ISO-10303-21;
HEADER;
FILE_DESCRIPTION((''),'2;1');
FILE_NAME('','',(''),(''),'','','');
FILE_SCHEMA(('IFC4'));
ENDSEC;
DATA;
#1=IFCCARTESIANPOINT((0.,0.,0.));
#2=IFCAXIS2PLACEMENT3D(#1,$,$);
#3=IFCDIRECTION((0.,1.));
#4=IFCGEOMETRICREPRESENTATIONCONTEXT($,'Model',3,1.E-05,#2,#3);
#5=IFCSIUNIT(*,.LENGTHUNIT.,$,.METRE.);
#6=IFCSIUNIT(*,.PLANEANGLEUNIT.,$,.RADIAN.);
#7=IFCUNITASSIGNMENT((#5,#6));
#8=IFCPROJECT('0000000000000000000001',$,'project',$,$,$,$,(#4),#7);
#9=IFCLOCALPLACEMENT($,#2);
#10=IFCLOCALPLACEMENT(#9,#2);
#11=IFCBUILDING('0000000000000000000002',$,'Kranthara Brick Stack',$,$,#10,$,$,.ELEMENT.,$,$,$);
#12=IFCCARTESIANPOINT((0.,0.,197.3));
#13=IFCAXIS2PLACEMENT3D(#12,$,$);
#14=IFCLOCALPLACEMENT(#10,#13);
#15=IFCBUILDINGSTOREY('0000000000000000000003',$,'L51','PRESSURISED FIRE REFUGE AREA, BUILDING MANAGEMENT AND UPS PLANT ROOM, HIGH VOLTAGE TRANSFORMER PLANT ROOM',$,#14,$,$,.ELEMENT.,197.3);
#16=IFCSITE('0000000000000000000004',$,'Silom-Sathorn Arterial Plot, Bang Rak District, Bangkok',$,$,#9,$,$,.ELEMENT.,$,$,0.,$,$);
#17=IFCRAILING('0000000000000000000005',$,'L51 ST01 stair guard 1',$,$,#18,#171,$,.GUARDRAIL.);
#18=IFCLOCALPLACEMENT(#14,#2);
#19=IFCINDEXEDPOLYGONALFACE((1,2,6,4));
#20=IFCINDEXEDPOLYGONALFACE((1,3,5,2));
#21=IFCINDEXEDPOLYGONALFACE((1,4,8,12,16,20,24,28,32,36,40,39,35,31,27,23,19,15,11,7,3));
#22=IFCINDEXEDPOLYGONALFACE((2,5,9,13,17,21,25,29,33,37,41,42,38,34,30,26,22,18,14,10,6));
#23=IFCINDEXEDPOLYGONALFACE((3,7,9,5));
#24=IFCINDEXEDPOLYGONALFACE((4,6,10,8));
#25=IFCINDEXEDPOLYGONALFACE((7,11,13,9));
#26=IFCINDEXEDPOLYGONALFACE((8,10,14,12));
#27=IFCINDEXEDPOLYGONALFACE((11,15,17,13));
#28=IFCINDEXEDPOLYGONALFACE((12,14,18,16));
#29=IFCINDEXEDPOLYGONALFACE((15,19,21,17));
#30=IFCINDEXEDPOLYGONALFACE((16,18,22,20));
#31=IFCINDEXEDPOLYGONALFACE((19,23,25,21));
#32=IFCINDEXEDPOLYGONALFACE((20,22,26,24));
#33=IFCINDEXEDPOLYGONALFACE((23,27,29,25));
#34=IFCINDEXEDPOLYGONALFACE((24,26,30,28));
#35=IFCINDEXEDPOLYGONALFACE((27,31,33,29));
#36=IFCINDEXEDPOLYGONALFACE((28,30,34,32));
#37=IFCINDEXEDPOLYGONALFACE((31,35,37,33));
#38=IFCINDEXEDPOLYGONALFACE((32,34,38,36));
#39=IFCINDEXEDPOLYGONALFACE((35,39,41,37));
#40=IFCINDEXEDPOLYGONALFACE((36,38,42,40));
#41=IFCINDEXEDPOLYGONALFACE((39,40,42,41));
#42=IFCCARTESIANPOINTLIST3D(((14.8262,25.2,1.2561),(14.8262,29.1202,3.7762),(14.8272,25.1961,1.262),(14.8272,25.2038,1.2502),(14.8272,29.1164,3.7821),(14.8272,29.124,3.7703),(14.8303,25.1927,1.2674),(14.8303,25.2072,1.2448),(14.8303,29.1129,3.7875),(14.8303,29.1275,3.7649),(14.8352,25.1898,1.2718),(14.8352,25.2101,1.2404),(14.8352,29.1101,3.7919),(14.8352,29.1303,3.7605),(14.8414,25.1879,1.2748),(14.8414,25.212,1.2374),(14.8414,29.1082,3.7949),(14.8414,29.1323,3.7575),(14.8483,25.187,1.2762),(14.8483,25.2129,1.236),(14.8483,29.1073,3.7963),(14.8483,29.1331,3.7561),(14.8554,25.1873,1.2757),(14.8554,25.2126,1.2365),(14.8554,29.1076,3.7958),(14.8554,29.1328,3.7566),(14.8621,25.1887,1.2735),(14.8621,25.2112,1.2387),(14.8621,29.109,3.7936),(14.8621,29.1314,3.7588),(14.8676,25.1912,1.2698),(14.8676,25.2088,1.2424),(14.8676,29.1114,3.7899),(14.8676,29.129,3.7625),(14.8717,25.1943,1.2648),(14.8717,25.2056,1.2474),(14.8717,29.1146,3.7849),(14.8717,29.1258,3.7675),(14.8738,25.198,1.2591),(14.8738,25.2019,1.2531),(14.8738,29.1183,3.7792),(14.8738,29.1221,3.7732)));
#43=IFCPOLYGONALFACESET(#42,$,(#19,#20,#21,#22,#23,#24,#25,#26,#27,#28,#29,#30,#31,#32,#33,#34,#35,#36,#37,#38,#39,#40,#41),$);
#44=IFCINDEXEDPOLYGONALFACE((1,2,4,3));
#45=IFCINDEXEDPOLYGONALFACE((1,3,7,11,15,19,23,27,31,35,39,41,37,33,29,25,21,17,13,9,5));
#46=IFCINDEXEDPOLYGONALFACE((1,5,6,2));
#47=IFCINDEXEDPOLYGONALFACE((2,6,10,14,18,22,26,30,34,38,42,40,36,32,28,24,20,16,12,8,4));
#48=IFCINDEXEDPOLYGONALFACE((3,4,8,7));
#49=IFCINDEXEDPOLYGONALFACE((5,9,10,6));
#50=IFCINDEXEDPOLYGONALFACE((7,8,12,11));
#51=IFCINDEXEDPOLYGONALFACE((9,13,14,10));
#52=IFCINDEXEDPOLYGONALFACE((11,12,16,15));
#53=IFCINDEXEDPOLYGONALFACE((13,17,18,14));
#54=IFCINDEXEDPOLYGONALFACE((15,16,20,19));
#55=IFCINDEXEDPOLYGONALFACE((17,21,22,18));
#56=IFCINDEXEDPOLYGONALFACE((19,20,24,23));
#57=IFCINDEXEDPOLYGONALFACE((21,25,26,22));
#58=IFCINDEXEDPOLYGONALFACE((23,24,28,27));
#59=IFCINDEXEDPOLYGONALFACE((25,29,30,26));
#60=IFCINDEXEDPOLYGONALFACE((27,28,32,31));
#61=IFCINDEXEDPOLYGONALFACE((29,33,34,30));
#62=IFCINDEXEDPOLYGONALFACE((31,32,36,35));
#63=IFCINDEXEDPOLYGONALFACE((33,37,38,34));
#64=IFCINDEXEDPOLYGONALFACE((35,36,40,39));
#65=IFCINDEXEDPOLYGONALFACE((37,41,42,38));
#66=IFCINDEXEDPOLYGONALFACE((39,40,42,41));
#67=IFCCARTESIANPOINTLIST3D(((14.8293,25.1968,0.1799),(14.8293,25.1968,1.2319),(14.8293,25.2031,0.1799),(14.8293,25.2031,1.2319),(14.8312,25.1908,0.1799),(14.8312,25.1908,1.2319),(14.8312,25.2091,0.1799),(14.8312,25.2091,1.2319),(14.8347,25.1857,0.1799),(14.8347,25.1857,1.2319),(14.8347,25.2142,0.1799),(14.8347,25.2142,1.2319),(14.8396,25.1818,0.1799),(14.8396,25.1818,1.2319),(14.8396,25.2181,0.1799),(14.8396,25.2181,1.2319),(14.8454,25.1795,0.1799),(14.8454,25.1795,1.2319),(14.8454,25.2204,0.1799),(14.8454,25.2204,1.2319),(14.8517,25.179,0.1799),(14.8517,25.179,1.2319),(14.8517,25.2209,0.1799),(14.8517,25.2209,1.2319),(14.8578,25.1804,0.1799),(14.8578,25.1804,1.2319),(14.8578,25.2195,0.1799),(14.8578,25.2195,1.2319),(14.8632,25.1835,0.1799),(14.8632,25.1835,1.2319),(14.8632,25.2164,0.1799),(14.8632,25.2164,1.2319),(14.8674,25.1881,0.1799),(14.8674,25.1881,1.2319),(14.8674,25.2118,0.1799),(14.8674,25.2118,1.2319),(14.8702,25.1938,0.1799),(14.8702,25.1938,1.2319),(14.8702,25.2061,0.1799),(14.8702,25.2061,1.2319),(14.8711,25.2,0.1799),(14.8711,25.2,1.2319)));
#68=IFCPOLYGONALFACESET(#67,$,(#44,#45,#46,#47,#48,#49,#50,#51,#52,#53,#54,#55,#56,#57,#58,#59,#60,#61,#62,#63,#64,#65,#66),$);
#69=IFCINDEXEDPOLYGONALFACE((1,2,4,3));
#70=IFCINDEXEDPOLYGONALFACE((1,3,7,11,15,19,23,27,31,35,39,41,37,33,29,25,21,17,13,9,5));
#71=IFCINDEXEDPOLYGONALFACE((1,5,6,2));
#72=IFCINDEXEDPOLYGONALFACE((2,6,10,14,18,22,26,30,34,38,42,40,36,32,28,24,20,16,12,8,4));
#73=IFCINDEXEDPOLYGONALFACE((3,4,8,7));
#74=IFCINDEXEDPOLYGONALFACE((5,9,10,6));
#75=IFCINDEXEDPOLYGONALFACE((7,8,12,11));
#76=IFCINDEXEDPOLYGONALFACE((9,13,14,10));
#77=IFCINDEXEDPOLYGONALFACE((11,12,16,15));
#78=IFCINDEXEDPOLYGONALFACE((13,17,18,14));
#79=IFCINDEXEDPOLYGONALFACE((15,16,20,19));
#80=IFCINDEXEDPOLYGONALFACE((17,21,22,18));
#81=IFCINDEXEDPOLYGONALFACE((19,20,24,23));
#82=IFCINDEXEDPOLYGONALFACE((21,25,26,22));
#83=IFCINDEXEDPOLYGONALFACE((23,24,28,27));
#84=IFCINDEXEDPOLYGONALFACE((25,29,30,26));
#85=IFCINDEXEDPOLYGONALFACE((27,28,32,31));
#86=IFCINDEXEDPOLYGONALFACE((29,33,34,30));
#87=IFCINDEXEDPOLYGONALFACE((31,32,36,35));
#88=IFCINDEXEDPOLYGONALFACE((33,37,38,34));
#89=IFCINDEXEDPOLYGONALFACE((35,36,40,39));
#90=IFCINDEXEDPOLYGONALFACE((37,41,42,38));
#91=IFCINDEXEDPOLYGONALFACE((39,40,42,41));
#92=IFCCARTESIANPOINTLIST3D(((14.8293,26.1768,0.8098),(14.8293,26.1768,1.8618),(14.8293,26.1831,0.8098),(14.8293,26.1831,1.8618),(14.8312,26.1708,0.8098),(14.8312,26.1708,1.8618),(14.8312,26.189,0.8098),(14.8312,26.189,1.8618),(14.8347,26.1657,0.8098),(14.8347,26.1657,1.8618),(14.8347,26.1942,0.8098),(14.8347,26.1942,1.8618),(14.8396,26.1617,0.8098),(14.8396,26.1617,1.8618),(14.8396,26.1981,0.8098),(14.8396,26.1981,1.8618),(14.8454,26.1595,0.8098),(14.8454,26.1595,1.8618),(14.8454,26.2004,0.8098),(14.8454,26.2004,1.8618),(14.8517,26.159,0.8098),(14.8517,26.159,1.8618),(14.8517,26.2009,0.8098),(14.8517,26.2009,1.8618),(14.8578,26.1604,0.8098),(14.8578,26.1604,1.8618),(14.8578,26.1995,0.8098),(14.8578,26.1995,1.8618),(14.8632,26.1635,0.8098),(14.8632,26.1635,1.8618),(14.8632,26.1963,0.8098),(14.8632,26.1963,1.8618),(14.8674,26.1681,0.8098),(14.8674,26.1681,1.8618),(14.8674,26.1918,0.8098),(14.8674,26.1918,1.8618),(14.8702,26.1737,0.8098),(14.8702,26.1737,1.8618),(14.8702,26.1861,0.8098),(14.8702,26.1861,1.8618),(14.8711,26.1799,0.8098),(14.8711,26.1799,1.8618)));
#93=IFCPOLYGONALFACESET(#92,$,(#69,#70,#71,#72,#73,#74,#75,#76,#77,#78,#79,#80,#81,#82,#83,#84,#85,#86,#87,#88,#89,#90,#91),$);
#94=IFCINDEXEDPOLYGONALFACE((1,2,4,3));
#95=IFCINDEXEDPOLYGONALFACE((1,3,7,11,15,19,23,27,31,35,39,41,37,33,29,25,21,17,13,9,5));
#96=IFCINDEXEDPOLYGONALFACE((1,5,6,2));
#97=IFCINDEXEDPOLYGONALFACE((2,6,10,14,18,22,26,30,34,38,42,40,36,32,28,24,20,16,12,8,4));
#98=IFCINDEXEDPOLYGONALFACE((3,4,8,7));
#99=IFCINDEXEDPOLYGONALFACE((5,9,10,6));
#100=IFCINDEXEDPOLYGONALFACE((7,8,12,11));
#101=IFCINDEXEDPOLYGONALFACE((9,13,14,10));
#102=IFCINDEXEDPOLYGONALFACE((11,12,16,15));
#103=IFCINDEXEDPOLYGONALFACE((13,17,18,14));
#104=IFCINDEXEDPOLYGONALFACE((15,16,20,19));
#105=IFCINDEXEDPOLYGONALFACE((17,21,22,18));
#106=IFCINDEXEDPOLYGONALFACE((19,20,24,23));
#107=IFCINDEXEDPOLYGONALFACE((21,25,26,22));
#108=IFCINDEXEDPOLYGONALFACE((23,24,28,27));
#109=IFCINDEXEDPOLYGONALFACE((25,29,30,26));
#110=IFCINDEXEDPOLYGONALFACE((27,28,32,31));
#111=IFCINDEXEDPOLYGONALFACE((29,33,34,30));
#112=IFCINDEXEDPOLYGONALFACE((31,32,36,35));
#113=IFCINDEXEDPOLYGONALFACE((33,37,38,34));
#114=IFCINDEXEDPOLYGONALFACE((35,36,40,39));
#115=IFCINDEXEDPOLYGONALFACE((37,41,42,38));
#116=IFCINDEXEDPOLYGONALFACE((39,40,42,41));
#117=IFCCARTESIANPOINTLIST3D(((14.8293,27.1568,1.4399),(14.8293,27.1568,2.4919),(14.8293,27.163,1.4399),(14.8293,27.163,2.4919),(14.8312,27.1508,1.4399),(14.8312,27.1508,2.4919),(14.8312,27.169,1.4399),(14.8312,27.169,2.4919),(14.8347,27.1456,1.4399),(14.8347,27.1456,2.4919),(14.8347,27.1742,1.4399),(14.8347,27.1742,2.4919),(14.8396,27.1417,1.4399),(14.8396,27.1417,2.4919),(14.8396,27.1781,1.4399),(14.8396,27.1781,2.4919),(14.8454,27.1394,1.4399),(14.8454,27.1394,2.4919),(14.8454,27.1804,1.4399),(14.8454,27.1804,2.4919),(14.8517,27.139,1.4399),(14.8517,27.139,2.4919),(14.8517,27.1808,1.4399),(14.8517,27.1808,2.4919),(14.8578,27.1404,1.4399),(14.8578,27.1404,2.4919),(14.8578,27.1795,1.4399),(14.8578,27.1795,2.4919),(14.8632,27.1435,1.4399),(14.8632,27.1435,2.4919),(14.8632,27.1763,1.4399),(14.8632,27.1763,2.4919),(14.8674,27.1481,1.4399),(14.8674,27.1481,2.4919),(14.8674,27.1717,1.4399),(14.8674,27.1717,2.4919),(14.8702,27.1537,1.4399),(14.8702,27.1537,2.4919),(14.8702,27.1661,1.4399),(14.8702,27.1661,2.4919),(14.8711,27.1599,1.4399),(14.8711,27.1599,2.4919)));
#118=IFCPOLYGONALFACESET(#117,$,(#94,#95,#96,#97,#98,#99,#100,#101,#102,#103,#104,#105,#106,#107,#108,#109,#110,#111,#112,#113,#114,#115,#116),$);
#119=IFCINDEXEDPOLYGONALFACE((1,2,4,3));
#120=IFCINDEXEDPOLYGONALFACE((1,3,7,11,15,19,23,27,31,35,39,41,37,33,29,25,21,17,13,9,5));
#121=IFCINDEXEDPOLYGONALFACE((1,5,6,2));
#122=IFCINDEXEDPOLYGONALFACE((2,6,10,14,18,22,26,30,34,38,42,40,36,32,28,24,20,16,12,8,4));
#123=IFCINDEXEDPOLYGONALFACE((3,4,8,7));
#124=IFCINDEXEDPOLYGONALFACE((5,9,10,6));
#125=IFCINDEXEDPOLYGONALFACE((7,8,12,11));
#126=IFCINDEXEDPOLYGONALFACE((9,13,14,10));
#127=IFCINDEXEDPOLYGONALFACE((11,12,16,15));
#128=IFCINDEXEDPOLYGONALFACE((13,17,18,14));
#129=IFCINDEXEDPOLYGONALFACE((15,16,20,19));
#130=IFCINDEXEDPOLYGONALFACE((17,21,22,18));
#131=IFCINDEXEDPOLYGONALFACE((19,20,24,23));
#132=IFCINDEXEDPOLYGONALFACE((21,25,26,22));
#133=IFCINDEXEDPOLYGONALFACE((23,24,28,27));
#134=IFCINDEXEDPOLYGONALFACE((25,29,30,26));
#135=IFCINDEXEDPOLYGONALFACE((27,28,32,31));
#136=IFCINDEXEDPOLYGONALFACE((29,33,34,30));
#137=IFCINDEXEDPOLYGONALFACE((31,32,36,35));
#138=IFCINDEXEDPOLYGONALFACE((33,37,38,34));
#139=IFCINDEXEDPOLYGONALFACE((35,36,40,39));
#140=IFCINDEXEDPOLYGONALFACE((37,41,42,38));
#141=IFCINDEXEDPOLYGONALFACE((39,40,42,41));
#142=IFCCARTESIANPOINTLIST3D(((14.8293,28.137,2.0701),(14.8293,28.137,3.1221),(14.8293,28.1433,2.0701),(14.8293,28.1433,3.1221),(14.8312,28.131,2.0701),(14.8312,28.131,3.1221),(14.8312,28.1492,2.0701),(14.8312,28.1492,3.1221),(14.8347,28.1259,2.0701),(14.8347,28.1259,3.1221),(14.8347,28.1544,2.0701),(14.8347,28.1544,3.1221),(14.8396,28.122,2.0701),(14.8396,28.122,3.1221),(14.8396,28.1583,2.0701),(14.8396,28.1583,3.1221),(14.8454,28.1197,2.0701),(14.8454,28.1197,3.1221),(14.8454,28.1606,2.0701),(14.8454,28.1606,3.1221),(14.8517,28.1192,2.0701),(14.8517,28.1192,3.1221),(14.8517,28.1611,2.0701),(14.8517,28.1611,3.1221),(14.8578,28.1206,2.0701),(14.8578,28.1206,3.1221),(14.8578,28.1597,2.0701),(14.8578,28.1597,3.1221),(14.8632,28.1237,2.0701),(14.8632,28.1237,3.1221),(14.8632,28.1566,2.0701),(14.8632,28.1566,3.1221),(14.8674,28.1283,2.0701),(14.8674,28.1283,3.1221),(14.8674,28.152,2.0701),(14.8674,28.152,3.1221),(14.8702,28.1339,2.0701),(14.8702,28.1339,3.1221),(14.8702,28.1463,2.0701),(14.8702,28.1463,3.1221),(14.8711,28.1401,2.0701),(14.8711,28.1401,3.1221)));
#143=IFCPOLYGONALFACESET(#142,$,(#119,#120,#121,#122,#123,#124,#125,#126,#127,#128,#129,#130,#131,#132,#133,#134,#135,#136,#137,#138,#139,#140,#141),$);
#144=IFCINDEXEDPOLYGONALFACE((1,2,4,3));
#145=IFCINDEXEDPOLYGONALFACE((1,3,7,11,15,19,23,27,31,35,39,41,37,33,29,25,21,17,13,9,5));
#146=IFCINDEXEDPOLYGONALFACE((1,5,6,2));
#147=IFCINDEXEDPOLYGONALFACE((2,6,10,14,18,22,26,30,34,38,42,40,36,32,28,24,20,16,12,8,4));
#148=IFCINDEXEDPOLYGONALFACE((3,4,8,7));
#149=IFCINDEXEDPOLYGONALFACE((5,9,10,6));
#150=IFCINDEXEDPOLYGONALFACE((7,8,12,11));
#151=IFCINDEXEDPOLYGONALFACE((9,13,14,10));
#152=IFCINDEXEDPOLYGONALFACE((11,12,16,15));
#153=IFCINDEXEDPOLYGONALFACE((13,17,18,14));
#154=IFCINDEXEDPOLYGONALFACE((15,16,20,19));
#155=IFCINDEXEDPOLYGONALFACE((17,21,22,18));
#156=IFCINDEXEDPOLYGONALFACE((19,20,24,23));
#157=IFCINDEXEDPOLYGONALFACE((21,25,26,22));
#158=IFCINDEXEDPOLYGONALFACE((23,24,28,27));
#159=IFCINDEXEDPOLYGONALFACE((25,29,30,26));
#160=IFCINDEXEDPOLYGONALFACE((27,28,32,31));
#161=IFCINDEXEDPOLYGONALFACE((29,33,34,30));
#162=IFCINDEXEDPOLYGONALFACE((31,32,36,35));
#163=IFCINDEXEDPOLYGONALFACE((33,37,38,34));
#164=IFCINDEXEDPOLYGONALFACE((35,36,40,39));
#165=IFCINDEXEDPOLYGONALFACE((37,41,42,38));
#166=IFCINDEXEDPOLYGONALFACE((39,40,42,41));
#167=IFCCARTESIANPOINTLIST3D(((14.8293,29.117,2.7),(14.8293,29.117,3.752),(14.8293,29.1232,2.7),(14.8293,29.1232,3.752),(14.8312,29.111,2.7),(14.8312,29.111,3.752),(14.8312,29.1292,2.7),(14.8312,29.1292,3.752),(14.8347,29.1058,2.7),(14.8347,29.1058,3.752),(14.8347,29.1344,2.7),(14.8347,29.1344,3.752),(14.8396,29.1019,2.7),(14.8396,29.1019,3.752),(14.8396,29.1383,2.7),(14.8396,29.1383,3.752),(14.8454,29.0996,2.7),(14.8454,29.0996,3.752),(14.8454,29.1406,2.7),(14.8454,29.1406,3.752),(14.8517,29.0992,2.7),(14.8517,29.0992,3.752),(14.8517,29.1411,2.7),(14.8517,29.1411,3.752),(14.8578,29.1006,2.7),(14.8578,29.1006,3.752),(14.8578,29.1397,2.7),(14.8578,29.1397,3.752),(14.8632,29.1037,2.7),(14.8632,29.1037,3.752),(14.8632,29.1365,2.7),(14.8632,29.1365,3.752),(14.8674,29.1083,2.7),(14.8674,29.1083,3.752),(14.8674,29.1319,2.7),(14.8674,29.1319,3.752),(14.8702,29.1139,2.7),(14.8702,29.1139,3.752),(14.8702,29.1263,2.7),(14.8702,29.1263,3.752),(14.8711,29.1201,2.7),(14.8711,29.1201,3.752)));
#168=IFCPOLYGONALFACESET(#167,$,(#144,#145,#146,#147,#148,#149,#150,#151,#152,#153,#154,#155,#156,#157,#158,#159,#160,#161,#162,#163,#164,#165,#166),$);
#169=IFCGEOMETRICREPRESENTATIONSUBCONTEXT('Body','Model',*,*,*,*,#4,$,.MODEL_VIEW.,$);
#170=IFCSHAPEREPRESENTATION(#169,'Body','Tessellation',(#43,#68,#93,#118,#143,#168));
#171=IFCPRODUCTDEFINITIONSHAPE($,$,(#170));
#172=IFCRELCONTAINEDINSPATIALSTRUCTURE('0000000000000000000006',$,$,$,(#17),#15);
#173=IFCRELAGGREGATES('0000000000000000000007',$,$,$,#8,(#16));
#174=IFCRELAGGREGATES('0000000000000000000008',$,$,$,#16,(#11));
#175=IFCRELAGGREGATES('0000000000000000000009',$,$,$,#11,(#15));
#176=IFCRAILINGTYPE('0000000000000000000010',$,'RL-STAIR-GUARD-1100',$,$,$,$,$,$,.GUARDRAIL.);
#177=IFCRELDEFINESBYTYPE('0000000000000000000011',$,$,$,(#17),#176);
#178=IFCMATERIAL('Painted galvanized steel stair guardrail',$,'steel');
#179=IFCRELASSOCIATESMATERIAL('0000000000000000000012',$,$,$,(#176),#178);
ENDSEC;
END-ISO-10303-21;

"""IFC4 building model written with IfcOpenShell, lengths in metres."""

from ifc_helpers import new_model, si_unit, direction, frame, origin, origin_2d, place, context, subcontext, project, spatial, circle, extrude, material, type_object, element, save


model = new_model("IFC4")

# Units and contexts
model_context = context("Model", 3, precision=1e-05, world=origin(), true_north=direction((0.0, 1.0)))
body_context = subcontext(model_context, "Body", "Model", "MODEL_VIEW")
ifc_project = project(units=[si_unit("LENGTHUNIT", "METRE"), si_unit("PLANEANGLEUNIT", "RADIAN")], contexts=[model_context])

# Site, building, storey
site_placement = place(None, origin())
site = spatial("IfcSite", under=ifc_project, at=site_placement, Name="Silom-Sathorn Arterial Plot, Bang Rak District, Bangkok", CompositionType="ELEMENT", RefElevation=0.0)
building_placement = place(site_placement, origin())
building = spatial("IfcBuilding", under=site, at=building_placement, Name="Kranthara Brick Stack", CompositionType="ELEMENT")
storey_placement = place(building_placement, frame((0.0, 0.0, 197.3)))
storey = spatial("IfcBuildingStorey", under=building, at=storey_placement, Name="L51", Description="PRESSURISED FIRE REFUGE AREA, BUILDING MANAGEMENT AND UPS PLANT ROOM, HIGH VOLTAGE TRANSFORMER PLANT ROOM", CompositionType="ELEMENT", Elevation=197.3)

# Railing
ifc_material_1 = material(Name="Painted galvanized steel stair guardrail", Category="steel")
railing_type_1 = type_object("IfcRailingType", Name="RL-STAIR-GUARD-1100", PredefinedType="GUARDRAIL", material=ifc_material_1)
railing_1_placement = place(storey_placement, frame((14.8501, 25.2, 0.1799)))
element("IfcRailing", 1, at=railing_1_placement, inside=storey, type_object=railing_type_1, Name="L51 ST01 stair guard 1", PredefinedType="GUARDRAIL", context=body_context, shape_type="SweptSolid", body=[
    extrude(circle(Radius=0.0239, at=origin_2d()), frame((0.0, 0.0, 1.0762), z_axis=(0.0, 0.841187, 0.540744), x_axis=(-1.0, 0.0, 0.0)), (0.0, 0.0, 1.0), 4.6604),
    extrude(circle(Radius=0.021, at=origin_2d()), origin(), (0.0, 0.0, 1.0), 1.052),
    extrude(circle(Radius=0.021, at=origin_2d()), frame((0.0, 0.98, 0.6299)), (0.0, 0.0, 1.0), 1.052),
    extrude(circle(Radius=0.021, at=origin_2d()), frame((0.0, 1.96, 1.26)), (0.0, 0.0, 1.0), 1.052),
    extrude(circle(Radius=0.021, at=origin_2d()), frame((0.0, 2.9402, 1.8901)), (0.0, 0.0, 1.0), 1.052),
    extrude(circle(Radius=0.021, at=origin_2d()), frame((0.0, 3.9202, 2.52)), (0.0, 0.0, 1.0), 1.052),
])

save(model, "model.ifc")
